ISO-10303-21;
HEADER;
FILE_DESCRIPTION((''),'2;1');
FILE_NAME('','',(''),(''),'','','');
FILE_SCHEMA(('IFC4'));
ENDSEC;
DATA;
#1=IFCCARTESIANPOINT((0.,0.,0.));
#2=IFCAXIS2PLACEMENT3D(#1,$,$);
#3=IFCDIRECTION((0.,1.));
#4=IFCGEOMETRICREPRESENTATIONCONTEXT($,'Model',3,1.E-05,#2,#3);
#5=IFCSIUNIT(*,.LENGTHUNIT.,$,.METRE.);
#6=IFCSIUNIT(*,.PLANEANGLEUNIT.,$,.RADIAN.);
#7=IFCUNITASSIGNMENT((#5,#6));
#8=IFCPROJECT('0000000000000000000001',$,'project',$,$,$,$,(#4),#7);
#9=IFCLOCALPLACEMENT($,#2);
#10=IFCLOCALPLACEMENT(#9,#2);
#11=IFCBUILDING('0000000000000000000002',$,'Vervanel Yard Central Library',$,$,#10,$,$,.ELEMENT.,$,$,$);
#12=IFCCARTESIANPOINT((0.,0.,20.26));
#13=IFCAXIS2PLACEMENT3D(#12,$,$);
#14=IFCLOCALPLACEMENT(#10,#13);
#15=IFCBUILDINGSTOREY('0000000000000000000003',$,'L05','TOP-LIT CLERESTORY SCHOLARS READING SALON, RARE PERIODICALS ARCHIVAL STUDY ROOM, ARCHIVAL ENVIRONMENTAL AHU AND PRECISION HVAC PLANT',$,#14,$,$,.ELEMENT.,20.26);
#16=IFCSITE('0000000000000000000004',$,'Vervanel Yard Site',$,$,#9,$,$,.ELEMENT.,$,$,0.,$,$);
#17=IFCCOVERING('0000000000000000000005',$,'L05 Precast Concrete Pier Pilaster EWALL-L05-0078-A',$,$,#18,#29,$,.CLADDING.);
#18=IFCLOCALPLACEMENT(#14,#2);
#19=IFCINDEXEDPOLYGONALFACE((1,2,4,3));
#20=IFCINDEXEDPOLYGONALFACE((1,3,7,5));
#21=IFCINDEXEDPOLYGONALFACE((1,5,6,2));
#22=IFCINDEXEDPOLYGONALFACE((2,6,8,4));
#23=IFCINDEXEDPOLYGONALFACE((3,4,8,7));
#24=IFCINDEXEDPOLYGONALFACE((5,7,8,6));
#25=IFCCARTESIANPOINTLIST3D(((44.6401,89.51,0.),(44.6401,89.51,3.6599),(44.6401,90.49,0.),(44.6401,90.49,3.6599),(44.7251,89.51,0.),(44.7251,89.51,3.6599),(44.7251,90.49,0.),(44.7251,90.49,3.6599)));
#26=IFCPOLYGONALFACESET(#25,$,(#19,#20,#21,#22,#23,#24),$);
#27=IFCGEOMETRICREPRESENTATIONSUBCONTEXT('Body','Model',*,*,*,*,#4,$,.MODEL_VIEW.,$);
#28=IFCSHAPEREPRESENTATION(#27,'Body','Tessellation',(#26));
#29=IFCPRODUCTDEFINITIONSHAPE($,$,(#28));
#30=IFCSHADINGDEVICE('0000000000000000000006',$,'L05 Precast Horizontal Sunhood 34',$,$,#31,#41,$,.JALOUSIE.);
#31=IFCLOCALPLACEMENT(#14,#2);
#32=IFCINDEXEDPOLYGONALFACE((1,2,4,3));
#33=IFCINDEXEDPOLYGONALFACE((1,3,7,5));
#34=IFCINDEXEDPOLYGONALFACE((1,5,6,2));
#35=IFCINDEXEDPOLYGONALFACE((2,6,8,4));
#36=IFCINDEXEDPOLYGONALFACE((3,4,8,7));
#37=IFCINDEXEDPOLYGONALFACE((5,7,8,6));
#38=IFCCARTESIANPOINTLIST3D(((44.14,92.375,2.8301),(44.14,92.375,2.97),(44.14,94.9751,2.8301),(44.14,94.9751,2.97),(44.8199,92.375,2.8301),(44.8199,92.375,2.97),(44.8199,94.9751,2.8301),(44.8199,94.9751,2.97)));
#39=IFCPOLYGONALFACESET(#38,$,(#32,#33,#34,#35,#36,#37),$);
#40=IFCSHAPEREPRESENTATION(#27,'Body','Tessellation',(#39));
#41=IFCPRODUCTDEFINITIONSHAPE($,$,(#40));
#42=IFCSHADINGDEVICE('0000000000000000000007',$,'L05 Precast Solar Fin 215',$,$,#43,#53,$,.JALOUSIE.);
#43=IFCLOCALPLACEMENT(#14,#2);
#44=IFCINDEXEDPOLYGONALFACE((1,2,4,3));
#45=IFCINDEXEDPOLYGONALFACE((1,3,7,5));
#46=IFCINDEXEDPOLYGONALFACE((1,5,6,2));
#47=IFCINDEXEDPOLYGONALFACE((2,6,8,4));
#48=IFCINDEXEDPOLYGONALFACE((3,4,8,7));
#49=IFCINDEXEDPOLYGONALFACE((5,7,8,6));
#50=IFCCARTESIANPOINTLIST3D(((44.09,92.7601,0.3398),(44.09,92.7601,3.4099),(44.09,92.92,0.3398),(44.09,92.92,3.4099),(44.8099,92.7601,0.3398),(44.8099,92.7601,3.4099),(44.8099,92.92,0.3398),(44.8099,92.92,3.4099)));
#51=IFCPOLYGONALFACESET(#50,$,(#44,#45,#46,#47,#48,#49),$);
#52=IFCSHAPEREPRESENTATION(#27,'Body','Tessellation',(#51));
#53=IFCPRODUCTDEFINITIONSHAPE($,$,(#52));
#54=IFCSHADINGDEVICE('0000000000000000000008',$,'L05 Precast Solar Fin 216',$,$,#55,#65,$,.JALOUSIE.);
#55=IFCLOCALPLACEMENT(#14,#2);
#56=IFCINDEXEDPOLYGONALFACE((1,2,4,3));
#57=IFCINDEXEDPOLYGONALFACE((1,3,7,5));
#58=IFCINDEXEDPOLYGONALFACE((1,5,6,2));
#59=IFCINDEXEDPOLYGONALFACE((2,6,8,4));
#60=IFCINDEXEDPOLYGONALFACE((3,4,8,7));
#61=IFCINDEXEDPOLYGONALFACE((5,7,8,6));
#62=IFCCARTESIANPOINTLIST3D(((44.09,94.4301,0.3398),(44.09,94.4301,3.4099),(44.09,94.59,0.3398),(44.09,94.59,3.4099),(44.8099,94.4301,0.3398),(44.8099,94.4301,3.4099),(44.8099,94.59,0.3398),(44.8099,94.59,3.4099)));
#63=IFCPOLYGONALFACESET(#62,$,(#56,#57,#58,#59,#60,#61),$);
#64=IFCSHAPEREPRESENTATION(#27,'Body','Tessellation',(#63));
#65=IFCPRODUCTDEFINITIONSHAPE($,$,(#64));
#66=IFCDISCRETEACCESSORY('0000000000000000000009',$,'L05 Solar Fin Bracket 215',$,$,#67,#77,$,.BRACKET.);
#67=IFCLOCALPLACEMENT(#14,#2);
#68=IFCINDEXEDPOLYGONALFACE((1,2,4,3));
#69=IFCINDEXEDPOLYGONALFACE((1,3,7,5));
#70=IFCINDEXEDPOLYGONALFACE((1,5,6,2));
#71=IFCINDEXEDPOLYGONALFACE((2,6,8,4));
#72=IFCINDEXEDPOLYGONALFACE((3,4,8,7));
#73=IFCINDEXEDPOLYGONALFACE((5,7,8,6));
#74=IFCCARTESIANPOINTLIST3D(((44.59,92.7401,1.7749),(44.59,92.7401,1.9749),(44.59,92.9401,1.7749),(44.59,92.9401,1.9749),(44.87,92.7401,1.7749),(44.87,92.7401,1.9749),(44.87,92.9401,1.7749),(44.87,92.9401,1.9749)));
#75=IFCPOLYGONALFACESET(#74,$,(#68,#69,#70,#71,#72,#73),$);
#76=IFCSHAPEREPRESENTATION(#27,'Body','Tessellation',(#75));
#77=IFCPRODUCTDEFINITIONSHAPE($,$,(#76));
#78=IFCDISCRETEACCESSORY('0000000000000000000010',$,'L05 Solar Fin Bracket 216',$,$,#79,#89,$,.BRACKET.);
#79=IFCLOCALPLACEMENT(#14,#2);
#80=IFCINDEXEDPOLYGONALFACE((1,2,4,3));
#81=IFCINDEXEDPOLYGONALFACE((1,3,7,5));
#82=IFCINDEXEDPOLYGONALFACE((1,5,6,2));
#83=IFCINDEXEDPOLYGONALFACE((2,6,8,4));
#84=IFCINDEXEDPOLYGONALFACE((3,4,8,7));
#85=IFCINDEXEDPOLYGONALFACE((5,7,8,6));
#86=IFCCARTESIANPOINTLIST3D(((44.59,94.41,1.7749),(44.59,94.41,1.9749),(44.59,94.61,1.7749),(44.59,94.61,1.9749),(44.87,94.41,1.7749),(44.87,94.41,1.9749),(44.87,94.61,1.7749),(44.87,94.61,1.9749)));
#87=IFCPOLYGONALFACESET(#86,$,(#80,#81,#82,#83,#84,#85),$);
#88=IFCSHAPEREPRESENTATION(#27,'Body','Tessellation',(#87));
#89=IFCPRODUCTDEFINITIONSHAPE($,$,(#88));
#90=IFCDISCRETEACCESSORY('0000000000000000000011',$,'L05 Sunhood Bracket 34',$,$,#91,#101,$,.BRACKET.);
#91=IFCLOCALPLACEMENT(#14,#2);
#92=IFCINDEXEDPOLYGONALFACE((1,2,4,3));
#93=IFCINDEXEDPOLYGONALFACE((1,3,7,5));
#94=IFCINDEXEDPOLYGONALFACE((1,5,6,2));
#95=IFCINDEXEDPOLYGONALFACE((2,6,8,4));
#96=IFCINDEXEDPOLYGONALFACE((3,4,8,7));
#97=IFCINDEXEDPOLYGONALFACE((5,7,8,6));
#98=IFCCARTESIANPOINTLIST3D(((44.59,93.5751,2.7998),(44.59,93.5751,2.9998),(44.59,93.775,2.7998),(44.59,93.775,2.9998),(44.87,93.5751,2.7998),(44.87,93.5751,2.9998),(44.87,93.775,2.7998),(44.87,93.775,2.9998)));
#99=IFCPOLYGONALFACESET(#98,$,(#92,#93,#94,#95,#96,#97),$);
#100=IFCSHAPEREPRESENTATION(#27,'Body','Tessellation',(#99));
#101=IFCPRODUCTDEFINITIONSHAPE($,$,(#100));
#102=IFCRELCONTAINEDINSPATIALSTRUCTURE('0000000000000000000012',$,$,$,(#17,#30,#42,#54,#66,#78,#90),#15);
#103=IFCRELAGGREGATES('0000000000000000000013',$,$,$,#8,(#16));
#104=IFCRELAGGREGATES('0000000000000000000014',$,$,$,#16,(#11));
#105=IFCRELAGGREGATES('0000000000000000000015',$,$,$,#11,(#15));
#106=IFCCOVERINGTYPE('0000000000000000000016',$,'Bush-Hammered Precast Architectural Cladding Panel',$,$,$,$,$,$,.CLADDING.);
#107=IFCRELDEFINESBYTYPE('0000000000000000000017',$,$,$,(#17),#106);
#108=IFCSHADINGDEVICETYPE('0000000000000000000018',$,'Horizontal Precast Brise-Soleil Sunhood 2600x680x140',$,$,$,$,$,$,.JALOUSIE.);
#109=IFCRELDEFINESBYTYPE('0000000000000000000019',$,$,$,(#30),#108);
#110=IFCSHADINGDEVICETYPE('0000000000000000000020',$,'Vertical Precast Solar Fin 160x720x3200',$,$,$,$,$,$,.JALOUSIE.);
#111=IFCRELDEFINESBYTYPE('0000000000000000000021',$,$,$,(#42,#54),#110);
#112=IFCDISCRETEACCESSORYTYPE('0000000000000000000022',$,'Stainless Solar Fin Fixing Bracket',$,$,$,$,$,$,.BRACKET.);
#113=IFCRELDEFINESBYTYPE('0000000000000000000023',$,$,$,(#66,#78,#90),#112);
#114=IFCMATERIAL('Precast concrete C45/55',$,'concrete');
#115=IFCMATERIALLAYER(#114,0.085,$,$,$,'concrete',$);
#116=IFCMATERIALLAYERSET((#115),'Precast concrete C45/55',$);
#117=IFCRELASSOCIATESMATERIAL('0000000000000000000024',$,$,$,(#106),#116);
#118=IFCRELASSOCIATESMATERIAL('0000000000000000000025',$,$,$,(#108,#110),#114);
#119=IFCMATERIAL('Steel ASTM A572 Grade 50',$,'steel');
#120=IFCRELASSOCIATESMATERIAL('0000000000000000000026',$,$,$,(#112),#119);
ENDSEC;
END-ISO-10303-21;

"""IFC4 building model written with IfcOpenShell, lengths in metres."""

from ifc_helpers import new_model, si_unit, direction, frame, origin, origin_2d, place, context, subcontext, project, spatial, rectangle, extrude, material, layer, layer_set, type_object, element, save


model = new_model("IFC4")

# Units and contexts
model_context = context("Model", 3, precision=1e-05, world=origin(), true_north=direction((0.0, 1.0)))
body_context = subcontext(model_context, "Body", "Model", "MODEL_VIEW")
ifc_project = project(units=[si_unit("LENGTHUNIT", "METRE"), si_unit("PLANEANGLEUNIT", "RADIAN")], contexts=[model_context])

# Site, building, storey
site_placement = place(None, origin())
site = spatial("IfcSite", under=ifc_project, at=site_placement, Name="Vervanel Yard Site", CompositionType="ELEMENT", RefElevation=0.0)
building_placement = place(site_placement, origin())
building = spatial("IfcBuilding", under=site, at=building_placement, Name="Vervanel Yard Central Library", CompositionType="ELEMENT")
storey_placement = place(building_placement, frame((0.0, 0.0, 20.26)))
storey = spatial("IfcBuildingStorey", under=building, at=storey_placement, Name="L05", Description="TOP-LIT CLERESTORY SCHOLARS READING SALON, RARE PERIODICALS ARCHIVAL STUDY ROOM, ARCHIVAL ENVIRONMENTAL AHU AND PRECISION HVAC PLANT", CompositionType="ELEMENT", Elevation=20.26)

# Shared definitions
ifc_material_1 = material(Name="Precast concrete C45/55", Category="concrete")

# Covering
ifc_layer_1 = layer(ifc_material_1, 0.085, Category="concrete")
ifc_layer_set_1 = layer_set([ifc_layer_1], Name="Precast concrete C45/55")
covering_type = type_object("IfcCoveringType", Name="Bush-Hammered Precast Architectural Cladding Panel", PredefinedType="CLADDING", material=ifc_layer_set_1)
covering_placement = place(storey_placement, frame((44.6826, 90.0, 0.0), z_axis=(0.0, 0.0, 1.0), x_axis=(0.0, 1.0, 0.0)))
element("IfcCovering", 1, at=covering_placement, inside=storey, type_object=covering_type, Name="L05 Precast Concrete Pier Pilaster EWALL-L05-0078-A", PredefinedType="CLADDING", context=body_context, shape_type="SweptSolid", body=[
    extrude(rectangle(XDim=0.98, YDim=0.085, at=origin_2d()), origin(), (0.0, 0.0, 1.0), 3.6599),
])

# Shading devices
shading_device_type_1 = type_object("IfcShadingDeviceType", Name="Horizontal Precast Brise-Soleil Sunhood 2600x680x140", PredefinedType="JALOUSIE", material=ifc_material_1)
shading_device_placement = place(storey_placement, frame((44.48, 93.675, 2.8301), z_axis=(0.0, 0.0, 1.0), x_axis=(0.0, 1.0, 0.0)))
element("IfcShadingDevice", 2, at=shading_device_placement, inside=storey, type_object=shading_device_type_1, Name="L05 Precast Horizontal Sunhood 34", PredefinedType="JALOUSIE", context=body_context, shape_type="SweptSolid", body=[
    extrude(rectangle(XDim=2.6001, YDim=0.6799, at=origin_2d()), origin(), (0.0, 0.0, 1.0), 0.1399),
])
shading_device_type_2 = type_object("IfcShadingDeviceType", Name="Vertical Precast Solar Fin 160x720x3200", PredefinedType="JALOUSIE", material=ifc_material_1)
for number, where, z_axis, x_axis, name in (
    (3, (44.45, 92.8401, 0.3398), (0.0, 0.0, 1.0), (0.0, 1.0, 0.0), "L05 Precast Solar Fin 215"),
    (4, (44.45, 94.51, 0.3398), (0.0, 0.0, 1.0), (0.0, 1.0, 0.0), "L05 Precast Solar Fin 216"),
):
    element("IfcShadingDevice", number, at=place(storey_placement, frame(where, z_axis=z_axis, x_axis=x_axis)), inside=storey, type_object=shading_device_type_2, Name=name, PredefinedType="JALOUSIE", context=body_context, shape_type="SweptSolid", body=[
        extrude(rectangle(XDim=0.1599, YDim=0.72, at=origin_2d()), origin(), (0.0, 0.0, 1.0), 3.0701),
    ])

# Discrete accessories
ifc_material_2 = material(Name="Steel ASTM A572 Grade 50", Category="steel")
discrete_accessory_type = type_object("IfcDiscreteAccessoryType", Name="Stainless Solar Fin Fixing Bracket", PredefinedType="BRACKET", material=ifc_material_2)
for number, where, z_axis, x_axis, name in (
    (5, (44.73, 92.8401, 1.7749), (0.0, 0.0, 1.0), (0.0, 1.0, 0.0), "L05 Solar Fin Bracket 215"),
    (6, (44.73, 94.51, 1.7749), (0.0, 0.0, 1.0), (0.0, 1.0, 0.0), "L05 Solar Fin Bracket 216"),
    (7, (44.73, 93.675, 2.7998), (0.0, 0.0, 1.0), (0.0, 1.0, 0.0), "L05 Sunhood Bracket 34"),
):
    element("IfcDiscreteAccessory", number, at=place(storey_placement, frame(where, z_axis=z_axis, x_axis=x_axis)), inside=storey, type_object=discrete_accessory_type, Name=name, PredefinedType="BRACKET", context=body_context, shape_type="SweptSolid", body=[
        extrude(rectangle(XDim=0.2, YDim=0.28, at=origin_2d()), origin(), (0.0, 0.0, 1.0), 0.2),
    ])

save(model, "model.ifc")
